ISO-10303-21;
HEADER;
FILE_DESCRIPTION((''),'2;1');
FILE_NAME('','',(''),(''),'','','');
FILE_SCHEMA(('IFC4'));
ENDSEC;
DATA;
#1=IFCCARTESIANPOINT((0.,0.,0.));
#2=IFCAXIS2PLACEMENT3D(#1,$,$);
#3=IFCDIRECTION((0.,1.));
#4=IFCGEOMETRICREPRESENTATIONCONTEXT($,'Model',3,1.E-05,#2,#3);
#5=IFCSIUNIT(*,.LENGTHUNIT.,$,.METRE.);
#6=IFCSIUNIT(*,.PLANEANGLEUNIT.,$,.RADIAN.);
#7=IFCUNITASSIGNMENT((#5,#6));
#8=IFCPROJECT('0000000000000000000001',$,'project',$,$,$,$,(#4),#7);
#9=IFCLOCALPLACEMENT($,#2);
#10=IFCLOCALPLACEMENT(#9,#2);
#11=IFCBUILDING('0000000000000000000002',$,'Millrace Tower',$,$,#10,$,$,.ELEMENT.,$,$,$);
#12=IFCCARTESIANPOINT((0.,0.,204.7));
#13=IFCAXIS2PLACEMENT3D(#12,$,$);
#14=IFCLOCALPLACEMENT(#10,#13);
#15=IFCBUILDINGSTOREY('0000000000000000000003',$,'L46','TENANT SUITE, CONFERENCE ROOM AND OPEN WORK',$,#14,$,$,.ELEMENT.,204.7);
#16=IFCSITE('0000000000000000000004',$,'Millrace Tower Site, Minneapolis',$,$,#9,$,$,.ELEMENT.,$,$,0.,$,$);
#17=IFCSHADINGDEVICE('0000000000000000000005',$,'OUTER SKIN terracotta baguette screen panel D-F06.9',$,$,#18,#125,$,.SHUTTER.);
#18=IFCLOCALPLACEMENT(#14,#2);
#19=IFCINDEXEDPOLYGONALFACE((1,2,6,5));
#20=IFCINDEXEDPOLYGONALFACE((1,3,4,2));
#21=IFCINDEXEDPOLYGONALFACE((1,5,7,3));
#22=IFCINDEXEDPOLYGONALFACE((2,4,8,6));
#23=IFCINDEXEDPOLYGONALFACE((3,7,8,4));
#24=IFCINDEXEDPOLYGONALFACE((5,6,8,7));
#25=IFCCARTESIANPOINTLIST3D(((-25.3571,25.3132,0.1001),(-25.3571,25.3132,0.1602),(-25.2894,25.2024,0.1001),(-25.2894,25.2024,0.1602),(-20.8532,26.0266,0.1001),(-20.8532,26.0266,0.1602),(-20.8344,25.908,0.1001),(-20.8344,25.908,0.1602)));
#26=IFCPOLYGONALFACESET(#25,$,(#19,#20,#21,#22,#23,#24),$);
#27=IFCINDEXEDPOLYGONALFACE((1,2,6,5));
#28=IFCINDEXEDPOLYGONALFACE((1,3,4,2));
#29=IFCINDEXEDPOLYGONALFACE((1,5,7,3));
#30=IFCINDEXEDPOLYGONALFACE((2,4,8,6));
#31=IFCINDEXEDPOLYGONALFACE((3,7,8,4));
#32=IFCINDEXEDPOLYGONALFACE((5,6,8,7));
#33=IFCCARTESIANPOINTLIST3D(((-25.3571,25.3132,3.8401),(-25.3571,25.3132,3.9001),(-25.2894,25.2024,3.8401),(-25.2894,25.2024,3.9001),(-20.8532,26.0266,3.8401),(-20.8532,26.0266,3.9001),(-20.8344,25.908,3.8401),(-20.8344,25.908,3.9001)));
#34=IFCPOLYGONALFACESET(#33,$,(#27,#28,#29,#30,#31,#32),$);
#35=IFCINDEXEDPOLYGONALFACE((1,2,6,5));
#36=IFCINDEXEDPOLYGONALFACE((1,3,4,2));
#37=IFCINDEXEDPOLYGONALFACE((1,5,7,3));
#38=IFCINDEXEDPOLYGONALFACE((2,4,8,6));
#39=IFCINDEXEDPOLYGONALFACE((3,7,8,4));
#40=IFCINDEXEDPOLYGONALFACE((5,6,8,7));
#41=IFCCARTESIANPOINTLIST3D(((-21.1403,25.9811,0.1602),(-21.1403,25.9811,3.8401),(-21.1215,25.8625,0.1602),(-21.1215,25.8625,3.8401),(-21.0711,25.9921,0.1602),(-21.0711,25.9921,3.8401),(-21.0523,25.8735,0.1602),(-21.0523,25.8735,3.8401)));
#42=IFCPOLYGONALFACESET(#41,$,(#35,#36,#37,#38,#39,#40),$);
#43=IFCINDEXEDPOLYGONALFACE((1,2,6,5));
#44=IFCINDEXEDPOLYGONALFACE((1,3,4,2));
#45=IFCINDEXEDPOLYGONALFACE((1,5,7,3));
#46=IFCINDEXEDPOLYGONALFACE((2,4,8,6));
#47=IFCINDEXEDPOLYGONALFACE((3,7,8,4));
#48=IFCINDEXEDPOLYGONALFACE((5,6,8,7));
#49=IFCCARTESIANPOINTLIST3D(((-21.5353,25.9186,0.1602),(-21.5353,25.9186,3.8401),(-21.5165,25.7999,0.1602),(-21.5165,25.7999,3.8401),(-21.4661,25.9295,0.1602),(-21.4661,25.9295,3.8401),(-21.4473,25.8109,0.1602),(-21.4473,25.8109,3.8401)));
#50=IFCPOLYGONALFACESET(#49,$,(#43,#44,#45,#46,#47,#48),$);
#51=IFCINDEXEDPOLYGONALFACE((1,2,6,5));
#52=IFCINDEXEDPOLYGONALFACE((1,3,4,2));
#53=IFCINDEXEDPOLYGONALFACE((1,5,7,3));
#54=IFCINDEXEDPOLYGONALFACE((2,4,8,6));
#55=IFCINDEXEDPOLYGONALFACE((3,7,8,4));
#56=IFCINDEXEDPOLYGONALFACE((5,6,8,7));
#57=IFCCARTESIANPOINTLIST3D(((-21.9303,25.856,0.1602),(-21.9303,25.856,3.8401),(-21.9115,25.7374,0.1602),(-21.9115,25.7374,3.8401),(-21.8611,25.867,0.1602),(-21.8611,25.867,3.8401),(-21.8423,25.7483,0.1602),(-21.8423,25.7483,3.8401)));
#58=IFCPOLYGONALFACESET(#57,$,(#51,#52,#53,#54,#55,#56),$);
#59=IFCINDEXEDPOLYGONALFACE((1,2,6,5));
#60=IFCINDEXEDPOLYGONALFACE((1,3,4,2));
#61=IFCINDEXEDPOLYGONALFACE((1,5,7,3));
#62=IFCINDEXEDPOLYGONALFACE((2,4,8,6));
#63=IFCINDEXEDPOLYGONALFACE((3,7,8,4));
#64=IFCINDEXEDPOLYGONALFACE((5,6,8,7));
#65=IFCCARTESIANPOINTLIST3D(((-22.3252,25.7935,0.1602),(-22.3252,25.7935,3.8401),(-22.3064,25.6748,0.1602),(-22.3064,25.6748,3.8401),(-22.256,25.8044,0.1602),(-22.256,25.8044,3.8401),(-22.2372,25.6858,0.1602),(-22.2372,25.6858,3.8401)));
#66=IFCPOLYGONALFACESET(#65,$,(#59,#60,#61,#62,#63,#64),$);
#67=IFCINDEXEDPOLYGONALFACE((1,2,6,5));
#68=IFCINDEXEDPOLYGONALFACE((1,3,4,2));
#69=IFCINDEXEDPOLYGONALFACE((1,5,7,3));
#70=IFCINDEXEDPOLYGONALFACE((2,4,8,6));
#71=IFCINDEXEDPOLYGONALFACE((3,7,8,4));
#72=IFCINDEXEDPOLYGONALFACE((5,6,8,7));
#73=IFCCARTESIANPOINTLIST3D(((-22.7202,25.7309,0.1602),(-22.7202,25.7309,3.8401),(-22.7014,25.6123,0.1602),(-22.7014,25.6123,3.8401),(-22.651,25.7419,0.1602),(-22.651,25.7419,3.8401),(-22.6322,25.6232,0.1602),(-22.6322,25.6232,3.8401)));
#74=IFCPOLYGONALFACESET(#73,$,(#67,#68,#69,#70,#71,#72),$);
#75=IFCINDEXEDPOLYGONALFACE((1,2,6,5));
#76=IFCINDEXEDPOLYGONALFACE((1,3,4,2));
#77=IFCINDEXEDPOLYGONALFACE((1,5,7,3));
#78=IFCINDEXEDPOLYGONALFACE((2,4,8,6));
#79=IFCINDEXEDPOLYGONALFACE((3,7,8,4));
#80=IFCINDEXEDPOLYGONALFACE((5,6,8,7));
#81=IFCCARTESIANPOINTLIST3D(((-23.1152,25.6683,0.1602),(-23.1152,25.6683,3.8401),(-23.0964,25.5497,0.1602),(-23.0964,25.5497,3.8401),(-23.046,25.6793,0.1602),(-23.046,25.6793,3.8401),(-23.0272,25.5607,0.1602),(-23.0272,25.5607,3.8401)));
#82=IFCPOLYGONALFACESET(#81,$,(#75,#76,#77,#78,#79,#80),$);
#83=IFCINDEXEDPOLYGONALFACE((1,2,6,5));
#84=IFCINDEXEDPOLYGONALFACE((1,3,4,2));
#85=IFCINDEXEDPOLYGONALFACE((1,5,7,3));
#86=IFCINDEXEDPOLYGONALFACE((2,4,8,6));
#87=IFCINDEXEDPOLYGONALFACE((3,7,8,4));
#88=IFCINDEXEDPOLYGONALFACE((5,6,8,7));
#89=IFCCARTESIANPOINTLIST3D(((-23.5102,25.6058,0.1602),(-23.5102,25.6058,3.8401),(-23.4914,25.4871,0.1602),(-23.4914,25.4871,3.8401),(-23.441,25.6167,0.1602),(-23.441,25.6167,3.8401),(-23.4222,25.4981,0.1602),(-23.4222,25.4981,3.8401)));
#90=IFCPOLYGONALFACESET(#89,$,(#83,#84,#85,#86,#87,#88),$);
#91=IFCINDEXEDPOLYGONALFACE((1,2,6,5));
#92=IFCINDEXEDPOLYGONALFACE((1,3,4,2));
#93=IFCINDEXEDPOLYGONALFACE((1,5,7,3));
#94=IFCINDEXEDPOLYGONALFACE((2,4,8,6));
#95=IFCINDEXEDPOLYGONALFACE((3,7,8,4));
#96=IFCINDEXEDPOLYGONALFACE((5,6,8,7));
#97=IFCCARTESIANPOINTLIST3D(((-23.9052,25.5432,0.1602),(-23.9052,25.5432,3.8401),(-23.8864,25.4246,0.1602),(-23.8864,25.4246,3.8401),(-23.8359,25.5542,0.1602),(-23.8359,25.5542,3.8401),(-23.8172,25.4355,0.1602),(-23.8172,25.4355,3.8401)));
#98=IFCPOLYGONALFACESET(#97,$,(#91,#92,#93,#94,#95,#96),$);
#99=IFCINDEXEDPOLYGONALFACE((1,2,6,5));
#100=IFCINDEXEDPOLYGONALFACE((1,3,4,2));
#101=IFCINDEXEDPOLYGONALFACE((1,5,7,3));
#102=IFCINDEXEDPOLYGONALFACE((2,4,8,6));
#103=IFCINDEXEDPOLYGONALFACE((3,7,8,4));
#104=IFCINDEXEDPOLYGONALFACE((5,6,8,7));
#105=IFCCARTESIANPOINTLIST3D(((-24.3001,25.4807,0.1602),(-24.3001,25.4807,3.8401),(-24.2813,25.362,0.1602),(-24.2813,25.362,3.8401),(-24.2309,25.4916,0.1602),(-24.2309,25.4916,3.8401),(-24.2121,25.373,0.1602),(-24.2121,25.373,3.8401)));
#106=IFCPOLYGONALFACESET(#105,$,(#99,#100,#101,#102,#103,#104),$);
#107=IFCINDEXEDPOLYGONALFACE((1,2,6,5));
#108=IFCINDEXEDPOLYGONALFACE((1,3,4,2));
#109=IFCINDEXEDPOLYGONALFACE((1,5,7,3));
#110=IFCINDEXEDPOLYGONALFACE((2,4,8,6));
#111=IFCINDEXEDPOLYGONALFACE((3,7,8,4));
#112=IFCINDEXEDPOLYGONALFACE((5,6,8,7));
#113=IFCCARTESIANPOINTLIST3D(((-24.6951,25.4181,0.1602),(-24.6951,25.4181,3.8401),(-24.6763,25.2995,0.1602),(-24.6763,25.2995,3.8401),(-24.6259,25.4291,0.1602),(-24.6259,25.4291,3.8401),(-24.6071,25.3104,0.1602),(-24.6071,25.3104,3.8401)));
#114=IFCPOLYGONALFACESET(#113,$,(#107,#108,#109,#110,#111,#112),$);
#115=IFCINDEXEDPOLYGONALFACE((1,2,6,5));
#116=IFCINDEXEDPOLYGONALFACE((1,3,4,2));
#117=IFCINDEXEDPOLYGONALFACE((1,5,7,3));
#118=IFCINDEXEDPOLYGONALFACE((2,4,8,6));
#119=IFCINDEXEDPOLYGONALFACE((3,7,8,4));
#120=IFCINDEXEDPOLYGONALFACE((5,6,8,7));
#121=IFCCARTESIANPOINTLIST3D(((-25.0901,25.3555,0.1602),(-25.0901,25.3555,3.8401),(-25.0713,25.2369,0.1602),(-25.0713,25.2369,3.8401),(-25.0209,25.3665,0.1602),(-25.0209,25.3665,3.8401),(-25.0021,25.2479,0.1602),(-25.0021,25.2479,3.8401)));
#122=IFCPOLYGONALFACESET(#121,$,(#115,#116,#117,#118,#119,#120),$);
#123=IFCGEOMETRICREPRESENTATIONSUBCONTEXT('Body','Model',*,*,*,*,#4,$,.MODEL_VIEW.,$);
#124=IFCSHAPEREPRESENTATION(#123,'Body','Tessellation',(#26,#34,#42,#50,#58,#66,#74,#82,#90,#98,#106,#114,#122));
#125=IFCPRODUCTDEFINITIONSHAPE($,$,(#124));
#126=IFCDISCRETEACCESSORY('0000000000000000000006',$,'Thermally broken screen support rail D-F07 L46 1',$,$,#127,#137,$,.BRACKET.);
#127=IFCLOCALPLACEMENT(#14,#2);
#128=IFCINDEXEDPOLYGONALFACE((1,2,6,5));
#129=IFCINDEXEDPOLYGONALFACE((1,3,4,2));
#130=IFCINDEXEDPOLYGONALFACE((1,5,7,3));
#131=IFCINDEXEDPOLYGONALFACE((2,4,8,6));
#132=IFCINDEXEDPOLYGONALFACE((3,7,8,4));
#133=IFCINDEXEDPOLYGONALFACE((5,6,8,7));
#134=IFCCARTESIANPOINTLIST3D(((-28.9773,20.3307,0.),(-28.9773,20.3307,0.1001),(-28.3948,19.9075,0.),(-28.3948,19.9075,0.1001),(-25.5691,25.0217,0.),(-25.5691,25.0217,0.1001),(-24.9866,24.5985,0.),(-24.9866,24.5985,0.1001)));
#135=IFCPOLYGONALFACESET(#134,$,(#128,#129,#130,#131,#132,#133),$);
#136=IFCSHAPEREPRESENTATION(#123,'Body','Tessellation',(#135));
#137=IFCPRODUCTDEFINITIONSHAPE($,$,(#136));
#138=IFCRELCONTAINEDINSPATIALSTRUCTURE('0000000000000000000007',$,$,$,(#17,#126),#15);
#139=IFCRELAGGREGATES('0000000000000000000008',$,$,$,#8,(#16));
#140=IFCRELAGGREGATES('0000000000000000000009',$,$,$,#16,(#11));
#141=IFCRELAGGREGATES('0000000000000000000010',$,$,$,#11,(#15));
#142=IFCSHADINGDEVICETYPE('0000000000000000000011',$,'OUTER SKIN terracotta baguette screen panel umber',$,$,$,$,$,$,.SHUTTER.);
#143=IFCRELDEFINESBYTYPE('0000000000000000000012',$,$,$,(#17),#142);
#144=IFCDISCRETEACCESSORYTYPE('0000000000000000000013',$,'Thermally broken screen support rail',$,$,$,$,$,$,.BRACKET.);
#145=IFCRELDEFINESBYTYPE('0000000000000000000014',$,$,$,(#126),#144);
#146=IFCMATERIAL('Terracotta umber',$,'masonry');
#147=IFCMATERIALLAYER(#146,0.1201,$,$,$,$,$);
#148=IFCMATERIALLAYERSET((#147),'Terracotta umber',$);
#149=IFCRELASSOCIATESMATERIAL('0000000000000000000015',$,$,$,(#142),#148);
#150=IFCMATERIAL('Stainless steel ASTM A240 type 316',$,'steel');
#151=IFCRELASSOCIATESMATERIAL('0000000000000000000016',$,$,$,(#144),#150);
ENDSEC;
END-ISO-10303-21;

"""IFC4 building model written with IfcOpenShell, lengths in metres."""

from ifc_helpers import new_model, entity, si_unit, direction, frame, frame_2d, origin, origin_2d, place, context, subcontext, project, spatial, rectangle, extrude, source, transform, mapped, material, layer, layer_set, type_object, element, save


model = new_model("IFC4")

# Units and contexts
model_context = context("Model", 3, precision=1e-05, world=origin(), true_north=direction((0.0, 1.0)))
body_context = subcontext(model_context, "Body", "Model", "MODEL_VIEW")
ifc_project = project(units=[si_unit("LENGTHUNIT", "METRE"), si_unit("PLANEANGLEUNIT", "RADIAN")], contexts=[model_context])

# Site, building, storey
site_placement = place(None, origin())
site = spatial("IfcSite", under=ifc_project, at=site_placement, Name="Millrace Tower Site, Minneapolis", CompositionType="ELEMENT", RefElevation=0.0)
building_placement = place(site_placement, origin())
building = spatial("IfcBuilding", under=site, at=building_placement, Name="Millrace Tower", CompositionType="ELEMENT")
storey_placement = place(building_placement, frame((0.0, 0.0, 204.7)))
storey = spatial("IfcBuildingStorey", under=building, at=storey_placement, Name="L46", Description="TENANT SUITE, CONFERENCE ROOM AND OPEN WORK", CompositionType="ELEMENT", Elevation=204.7)

# Shading device
ifc_material_1 = material(Name="Terracotta umber", Category="masonry")
ifc_layer_1 = layer(ifc_material_1, 0.1201)
ifc_layer_set_1 = layer_set([ifc_layer_1], Name="Terracotta umber")
shading_device_type = type_object("IfcShadingDeviceType", Name="OUTER SKIN terracotta baguette screen panel umber", PredefinedType="SHUTTER", material=ifc_layer_set_1)
cartesian_point_1 = entity("IfcCartesianPoint", [-2.2676, 0.0601])
shared_polyline_1 = entity("IfcPolyline", [cartesian_point_1, entity("IfcCartesianPoint", [2.2429, 0.0601]), entity("IfcCartesianPoint", [2.2925, -0.0601]), entity("IfcCartesianPoint", [-2.2676, -0.0601]), cartesian_point_1])
shared_shape_1 = source(origin(), body_context, "Body", "SweptSolid", [
    entity("IfcExtrudedAreaSolid", entity("IfcArbitraryClosedProfileDef", "AREA", None, shared_polyline_1), entity("IfcAxis2Placement3D", entity("IfcCartesianPoint", [0.0, 0.0, 0.0])), entity("IfcDirection", [0.0, 0.0, 1.0]), 0.0601),
    entity("IfcExtrudedAreaSolid", entity("IfcArbitraryClosedProfileDef", "AREA", None, shared_polyline_1), entity("IfcAxis2Placement3D", entity("IfcCartesianPoint", [0.0, 0.0, 3.74])), entity("IfcDirection", [0.0, 0.0, 1.0]), 0.0601),
    extrude(rectangle(XDim=0.0701, YDim=0.1201, at=frame_2d((-2.012, 0.0))), frame((0.0, 0.0, 0.0601)), (0.0, 0.0, 1.0), 3.6799),
    extrude(rectangle(XDim=0.0701, YDim=0.1201, at=frame_2d((-1.6121, 0.0))), frame((0.0, 0.0, 0.0601)), (0.0, 0.0, 1.0), 3.6799),
    extrude(rectangle(XDim=0.0701, YDim=0.1201, at=frame_2d((-1.2122, 0.0))), frame((0.0, 0.0, 0.0601)), (0.0, 0.0, 1.0), 3.6799),
    extrude(rectangle(XDim=0.0701, YDim=0.1201, at=frame_2d((-0.8123, 0.0))), frame((0.0, 0.0, 0.0601)), (0.0, 0.0, 1.0), 3.6799),
    extrude(rectangle(XDim=0.0701, YDim=0.1201, at=frame_2d((-0.4124, 0.0))), frame((0.0, 0.0, 0.0601)), (0.0, 0.0, 1.0), 3.6799),
    extrude(rectangle(XDim=0.0701, YDim=0.1201, at=frame_2d((-0.0125, 0.0))), frame((0.0, 0.0, 0.0601)), (0.0, 0.0, 1.0), 3.6799),
    extrude(rectangle(XDim=0.0701, YDim=0.1201, at=frame_2d((0.3875, 0.0))), frame((0.0, 0.0, 0.0601)), (0.0, 0.0, 1.0), 3.6799),
    extrude(rectangle(XDim=0.0701, YDim=0.1201, at=frame_2d((0.7874, 0.0))), frame((0.0, 0.0, 0.0601)), (0.0, 0.0, 1.0), 3.6799),
    extrude(rectangle(XDim=0.0701, YDim=0.1201, at=frame_2d((1.1873, 0.0))), frame((0.0, 0.0, 0.0601)), (0.0, 0.0, 1.0), 3.6799),
    extrude(rectangle(XDim=0.0701, YDim=0.1201, at=frame_2d((1.5872, 0.0))), frame((0.0, 0.0, 0.0601)), (0.0, 0.0, 1.0), 3.6799),
    extrude(rectangle(XDim=0.0701, YDim=0.1201, at=frame_2d((1.9871, 0.0))), frame((0.0, 0.0, 0.0601)), (0.0, 0.0, 1.0), 3.6799),
])
shading_device_1_placement = place(storey_placement, frame((-23.0835, 25.6125, 0.1001), z_axis=(0.0, 0.0, 1.0), x_axis=(-0.987688, -0.156434, 0.0)))
element("IfcShadingDevice", 1, at=shading_device_1_placement, inside=storey, type_object=shading_device_type, Name="OUTER SKIN terracotta baguette screen panel D-F06.9", PredefinedType="SHUTTER", context=body_context, shape_type="MappedRepresentation", body=[
    mapped(shared_shape_1, transform((0.0, 0.0, 0.0), scale=1.0)),
])

# Discrete accessory
ifc_material_2 = material(Name="Stainless steel ASTM A240 type 316", Category="steel")
discrete_accessory_type = type_object("IfcDiscreteAccessoryType", Name="Thermally broken screen support rail", PredefinedType="BRACKET", material=ifc_material_2)
discrete_accessory_placement = place(storey_placement, frame((-26.9819, 22.4646, 0.0), z_axis=(0.0, 0.0, 1.0), x_axis=(-0.587785, -0.809017, 0.0)))
element("IfcDiscreteAccessory", 2, at=discrete_accessory_placement, inside=storey, type_object=discrete_accessory_type, Name="Thermally broken screen support rail D-F07 L46 1", PredefinedType="BRACKET", context=body_context, shape_type="SweptSolid", body=[
    extrude(rectangle(XDim=5.7983, YDim=0.72, at=origin_2d()), origin(), (0.0, 0.0, 1.0), 0.1001),
])

save(model, "model.ifc")
